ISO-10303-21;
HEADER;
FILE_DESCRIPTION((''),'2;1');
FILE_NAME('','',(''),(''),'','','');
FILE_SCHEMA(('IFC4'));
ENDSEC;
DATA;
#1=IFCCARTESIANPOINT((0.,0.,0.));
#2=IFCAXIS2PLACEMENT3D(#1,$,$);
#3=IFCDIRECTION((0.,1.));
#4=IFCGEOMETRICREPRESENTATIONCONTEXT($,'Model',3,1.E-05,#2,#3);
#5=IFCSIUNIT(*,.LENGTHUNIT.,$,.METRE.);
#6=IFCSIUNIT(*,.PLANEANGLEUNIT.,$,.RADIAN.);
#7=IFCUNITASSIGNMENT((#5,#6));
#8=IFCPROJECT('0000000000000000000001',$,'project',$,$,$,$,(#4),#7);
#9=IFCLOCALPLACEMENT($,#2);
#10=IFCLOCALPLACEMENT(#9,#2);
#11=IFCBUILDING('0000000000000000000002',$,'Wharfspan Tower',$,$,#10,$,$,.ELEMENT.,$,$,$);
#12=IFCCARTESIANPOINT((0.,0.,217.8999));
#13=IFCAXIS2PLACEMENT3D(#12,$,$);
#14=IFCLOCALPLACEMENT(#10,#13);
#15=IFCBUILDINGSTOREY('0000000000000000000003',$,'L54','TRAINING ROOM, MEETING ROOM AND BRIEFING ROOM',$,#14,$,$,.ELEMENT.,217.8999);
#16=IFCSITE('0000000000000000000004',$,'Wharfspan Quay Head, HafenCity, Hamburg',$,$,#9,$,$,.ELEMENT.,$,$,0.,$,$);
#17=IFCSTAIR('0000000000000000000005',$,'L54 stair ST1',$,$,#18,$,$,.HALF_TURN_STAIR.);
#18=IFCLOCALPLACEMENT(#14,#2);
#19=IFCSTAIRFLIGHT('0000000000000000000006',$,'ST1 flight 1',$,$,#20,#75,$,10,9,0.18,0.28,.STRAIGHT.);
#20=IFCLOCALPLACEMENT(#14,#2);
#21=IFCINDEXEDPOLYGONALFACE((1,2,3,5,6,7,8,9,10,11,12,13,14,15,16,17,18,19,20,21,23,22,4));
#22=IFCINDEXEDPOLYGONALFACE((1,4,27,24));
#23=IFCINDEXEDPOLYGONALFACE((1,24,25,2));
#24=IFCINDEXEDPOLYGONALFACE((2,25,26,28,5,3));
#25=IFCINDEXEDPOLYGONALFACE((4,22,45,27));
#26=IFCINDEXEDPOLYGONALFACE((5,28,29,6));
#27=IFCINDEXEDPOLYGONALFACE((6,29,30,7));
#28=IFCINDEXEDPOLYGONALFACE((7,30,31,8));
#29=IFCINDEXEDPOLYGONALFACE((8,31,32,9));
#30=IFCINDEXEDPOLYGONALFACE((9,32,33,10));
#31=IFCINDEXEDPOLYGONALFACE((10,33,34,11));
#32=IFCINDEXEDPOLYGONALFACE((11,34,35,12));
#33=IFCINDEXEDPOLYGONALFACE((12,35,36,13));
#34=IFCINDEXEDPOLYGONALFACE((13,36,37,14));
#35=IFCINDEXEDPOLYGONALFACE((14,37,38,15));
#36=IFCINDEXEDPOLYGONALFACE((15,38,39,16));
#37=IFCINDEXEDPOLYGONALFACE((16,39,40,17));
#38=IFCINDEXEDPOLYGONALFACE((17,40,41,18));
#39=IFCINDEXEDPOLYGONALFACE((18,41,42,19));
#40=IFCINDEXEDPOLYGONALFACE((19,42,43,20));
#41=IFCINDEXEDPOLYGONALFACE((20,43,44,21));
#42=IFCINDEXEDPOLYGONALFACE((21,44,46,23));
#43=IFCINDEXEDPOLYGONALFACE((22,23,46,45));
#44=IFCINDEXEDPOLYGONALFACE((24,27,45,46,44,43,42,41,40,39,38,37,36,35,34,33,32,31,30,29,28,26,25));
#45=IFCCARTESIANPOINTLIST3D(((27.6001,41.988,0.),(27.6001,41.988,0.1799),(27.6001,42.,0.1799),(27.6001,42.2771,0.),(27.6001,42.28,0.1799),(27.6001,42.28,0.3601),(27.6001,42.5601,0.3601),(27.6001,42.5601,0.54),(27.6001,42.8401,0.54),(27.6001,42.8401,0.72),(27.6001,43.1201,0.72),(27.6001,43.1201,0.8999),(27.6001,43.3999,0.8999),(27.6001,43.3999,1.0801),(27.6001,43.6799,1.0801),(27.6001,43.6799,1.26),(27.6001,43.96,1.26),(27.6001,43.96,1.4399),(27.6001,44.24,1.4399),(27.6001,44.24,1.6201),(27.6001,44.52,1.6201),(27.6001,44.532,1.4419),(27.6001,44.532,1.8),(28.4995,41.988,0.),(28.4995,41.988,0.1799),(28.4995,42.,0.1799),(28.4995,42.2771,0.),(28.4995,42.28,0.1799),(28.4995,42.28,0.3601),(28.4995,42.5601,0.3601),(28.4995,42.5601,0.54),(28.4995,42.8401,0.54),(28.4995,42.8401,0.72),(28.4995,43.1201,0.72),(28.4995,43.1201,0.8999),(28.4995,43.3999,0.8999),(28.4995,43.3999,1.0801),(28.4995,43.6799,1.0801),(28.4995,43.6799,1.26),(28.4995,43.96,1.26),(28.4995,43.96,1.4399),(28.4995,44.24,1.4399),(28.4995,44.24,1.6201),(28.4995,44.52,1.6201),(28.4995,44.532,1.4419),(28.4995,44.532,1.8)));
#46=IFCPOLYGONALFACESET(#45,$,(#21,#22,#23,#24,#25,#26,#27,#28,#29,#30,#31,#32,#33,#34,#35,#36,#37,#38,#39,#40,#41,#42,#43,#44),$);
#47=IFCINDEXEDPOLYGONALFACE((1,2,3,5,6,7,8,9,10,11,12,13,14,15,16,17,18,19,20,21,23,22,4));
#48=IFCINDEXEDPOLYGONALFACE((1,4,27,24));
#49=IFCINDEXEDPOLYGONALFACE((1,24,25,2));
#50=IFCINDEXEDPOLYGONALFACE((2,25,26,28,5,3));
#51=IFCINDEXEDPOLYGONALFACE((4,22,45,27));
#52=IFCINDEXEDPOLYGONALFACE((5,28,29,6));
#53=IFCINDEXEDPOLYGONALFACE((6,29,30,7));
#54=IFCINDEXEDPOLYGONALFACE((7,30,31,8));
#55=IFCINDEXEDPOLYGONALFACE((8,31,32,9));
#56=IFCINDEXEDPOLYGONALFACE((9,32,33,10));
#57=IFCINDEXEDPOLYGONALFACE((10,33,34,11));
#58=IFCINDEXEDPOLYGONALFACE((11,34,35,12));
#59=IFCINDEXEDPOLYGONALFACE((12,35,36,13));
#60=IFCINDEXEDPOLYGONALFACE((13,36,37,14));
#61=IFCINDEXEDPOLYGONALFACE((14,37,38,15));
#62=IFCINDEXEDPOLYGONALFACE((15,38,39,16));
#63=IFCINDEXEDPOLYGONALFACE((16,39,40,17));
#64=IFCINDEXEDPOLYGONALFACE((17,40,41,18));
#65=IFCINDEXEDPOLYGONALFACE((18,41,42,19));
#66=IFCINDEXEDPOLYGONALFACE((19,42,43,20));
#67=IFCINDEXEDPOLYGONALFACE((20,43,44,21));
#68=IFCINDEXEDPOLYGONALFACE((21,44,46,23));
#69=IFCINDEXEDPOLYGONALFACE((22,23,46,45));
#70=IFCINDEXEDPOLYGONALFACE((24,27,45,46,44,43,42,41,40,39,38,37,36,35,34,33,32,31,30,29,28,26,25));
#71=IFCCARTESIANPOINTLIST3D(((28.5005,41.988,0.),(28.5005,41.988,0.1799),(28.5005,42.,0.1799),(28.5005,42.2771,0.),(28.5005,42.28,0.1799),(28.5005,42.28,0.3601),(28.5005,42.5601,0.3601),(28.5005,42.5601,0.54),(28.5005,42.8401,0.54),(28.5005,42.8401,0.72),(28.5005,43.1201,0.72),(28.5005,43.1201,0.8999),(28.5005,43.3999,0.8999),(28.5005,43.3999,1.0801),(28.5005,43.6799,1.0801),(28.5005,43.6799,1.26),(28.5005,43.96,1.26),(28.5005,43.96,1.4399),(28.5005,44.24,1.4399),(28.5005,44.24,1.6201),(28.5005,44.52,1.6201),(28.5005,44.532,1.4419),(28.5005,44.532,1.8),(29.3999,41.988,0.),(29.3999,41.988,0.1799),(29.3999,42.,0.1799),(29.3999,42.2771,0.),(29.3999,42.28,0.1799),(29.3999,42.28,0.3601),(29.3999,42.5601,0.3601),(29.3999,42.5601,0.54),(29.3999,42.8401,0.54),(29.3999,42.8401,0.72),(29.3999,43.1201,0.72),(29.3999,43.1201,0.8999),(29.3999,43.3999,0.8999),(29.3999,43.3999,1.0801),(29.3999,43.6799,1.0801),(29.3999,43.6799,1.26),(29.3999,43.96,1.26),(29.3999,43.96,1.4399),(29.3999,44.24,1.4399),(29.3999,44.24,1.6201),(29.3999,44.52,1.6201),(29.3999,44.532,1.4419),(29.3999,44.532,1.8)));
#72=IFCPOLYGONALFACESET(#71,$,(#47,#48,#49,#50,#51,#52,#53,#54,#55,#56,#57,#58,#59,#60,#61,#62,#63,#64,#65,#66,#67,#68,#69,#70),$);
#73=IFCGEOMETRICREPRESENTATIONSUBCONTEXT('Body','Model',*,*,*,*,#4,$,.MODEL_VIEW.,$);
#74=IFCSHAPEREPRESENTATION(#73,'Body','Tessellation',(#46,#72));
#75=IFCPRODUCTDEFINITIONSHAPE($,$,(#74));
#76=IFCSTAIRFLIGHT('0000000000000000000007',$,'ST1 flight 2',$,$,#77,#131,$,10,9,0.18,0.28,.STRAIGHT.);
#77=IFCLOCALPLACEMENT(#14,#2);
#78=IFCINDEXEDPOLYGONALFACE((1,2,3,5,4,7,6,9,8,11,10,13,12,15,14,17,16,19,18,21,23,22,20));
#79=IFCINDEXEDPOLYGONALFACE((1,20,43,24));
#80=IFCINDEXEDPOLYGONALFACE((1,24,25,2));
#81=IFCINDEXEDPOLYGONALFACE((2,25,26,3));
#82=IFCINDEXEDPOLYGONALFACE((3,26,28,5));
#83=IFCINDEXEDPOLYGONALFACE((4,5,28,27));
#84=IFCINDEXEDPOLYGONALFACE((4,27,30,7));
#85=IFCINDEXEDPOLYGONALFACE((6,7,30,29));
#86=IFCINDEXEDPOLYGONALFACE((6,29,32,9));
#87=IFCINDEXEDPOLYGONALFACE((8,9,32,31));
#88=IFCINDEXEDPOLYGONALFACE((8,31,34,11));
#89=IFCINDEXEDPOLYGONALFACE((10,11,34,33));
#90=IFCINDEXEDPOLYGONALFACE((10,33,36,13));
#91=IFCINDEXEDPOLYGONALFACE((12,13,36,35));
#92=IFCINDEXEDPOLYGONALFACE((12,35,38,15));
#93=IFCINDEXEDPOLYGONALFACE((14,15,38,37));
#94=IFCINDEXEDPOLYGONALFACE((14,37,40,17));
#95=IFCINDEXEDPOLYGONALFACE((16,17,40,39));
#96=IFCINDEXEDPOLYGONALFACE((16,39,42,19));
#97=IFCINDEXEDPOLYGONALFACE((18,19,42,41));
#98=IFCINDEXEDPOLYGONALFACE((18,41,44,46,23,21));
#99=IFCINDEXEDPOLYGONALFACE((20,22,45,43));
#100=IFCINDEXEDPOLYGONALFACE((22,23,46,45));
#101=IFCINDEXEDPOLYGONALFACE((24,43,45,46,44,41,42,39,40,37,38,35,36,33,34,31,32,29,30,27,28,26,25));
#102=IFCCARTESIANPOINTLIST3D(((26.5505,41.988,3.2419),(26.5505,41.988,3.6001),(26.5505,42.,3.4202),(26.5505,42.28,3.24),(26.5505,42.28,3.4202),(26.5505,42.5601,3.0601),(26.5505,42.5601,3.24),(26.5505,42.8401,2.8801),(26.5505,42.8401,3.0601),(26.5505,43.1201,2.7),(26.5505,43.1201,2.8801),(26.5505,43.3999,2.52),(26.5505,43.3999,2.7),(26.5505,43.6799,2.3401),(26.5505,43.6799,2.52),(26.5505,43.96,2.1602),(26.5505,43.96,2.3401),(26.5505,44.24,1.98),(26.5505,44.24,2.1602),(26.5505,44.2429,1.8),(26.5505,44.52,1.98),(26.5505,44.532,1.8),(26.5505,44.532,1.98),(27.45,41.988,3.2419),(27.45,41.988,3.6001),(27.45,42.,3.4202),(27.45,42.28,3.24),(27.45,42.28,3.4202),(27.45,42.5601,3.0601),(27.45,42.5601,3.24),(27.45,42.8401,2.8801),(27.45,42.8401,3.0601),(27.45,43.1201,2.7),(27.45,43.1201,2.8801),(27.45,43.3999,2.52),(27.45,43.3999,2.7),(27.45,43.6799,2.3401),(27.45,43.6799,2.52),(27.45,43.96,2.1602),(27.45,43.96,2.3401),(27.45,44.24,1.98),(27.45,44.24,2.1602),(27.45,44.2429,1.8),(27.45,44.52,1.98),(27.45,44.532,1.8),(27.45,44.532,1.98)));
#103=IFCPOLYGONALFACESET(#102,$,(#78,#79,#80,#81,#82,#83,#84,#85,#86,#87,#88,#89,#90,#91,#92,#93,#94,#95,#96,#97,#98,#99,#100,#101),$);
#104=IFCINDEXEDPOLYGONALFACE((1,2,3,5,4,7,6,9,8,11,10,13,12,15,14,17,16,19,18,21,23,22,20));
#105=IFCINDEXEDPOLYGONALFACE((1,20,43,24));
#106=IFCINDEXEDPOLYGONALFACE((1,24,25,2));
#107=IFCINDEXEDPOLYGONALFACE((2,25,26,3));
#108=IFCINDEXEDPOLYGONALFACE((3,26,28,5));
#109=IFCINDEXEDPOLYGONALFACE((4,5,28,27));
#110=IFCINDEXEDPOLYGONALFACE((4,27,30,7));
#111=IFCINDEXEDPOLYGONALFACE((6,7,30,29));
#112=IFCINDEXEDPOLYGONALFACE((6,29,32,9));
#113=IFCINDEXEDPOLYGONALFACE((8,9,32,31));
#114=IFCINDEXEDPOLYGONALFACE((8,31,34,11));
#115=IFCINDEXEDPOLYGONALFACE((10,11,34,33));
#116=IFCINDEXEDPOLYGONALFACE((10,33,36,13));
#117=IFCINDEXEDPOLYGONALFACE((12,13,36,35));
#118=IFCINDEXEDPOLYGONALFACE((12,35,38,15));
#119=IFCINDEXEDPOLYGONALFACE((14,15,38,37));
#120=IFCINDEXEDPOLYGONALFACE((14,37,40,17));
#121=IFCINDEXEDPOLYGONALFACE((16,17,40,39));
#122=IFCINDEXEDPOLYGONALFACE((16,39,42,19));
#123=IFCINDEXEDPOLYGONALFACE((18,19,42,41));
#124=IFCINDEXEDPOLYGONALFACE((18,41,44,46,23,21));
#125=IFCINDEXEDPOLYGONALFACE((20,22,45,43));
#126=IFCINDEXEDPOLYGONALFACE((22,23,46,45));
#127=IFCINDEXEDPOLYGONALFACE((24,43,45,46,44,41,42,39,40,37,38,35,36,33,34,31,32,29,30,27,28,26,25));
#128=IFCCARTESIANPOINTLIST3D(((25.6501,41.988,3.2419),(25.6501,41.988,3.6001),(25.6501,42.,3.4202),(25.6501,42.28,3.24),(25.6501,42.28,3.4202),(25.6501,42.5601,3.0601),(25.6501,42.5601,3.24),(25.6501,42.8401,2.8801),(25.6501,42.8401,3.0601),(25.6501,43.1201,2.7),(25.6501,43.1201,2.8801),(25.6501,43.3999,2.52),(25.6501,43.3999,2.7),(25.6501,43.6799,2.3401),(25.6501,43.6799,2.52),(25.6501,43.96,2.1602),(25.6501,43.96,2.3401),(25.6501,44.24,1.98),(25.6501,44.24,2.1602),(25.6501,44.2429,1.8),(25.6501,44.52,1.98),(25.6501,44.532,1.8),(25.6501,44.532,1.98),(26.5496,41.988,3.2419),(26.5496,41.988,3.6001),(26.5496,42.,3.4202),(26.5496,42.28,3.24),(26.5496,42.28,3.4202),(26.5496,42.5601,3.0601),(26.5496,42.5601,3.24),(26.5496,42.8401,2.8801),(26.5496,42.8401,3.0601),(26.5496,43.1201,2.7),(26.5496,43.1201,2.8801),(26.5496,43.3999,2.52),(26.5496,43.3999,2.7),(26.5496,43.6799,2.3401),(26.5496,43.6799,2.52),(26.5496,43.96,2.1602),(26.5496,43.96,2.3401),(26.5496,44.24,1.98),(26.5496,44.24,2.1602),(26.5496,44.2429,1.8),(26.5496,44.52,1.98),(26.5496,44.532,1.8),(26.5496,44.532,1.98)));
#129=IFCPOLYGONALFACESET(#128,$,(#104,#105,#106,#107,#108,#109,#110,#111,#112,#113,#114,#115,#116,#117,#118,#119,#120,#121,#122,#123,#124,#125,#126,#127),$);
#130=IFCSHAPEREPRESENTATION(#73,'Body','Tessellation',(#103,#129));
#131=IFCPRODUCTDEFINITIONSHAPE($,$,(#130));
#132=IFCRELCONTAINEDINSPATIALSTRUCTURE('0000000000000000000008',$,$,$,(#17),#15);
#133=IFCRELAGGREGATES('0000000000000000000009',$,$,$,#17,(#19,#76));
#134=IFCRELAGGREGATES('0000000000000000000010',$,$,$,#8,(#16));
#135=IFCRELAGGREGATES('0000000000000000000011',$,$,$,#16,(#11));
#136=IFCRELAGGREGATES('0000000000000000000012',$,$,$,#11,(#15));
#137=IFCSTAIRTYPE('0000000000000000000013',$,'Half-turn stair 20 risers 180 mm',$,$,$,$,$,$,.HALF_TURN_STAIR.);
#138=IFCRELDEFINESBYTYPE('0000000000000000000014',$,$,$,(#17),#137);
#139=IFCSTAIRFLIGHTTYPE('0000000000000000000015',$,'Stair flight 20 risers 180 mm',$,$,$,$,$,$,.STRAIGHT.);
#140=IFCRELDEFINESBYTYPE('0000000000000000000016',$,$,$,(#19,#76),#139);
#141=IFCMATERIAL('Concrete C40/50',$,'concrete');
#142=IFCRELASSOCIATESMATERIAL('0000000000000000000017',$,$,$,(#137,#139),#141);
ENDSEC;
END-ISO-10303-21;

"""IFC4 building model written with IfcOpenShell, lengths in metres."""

from ifc_helpers import new_model, si_unit, direction, frame, origin, place, context, subcontext, project, spatial, polyline, outline, extrude, material, type_object, element, aggregate, save


model = new_model("IFC4")

# Units and contexts
model_context = context("Model", 3, precision=1e-05, world=origin(), true_north=direction((0.0, 1.0)))
body_context = subcontext(model_context, "Body", "Model", "MODEL_VIEW")
ifc_project = project(units=[si_unit("LENGTHUNIT", "METRE"), si_unit("PLANEANGLEUNIT", "RADIAN")], contexts=[model_context])

# Site, building, storey
site_placement = place(None, origin())
site = spatial("IfcSite", under=ifc_project, at=site_placement, Name="Wharfspan Quay Head, HafenCity, Hamburg", CompositionType="ELEMENT", RefElevation=0.0)
building_placement = place(site_placement, origin())
building = spatial("IfcBuilding", under=site, at=building_placement, Name="Wharfspan Tower", CompositionType="ELEMENT")
storey_placement = place(building_placement, frame((0.0, 0.0, 217.8999)))
storey = spatial("IfcBuildingStorey", under=building, at=storey_placement, Name="L54", Description="TRAINING ROOM, MEETING ROOM AND BRIEFING ROOM", CompositionType="ELEMENT", Elevation=217.8999)

# Shared definitions
ifc_material_1 = material(Name="Concrete C40/50", Category="concrete")

# Stair, stair flights
stair_type = type_object("IfcStairType", Name="Half-turn stair 20 risers 180 mm", PredefinedType="HALF_TURN_STAIR", material=ifc_material_1)
stair_placement = place(storey_placement, origin())
stair = element("IfcStair", 1, at=stair_placement, inside=storey, type_object=stair_type, Name="L54 stair ST1", PredefinedType="HALF_TURN_STAIR")
stair_flight_type = type_object("IfcStairFlightType", Name="Stair flight 20 risers 180 mm", PredefinedType="STRAIGHT", material=ifc_material_1)
stair_flight_1_placement = place(storey_placement, frame((28.5, 42.0, 0.0), z_axis=(0.0, 0.0, 1.0), x_axis=(0.0, 1.0, 0.0)))
stair_flight_1 = element("IfcStairFlight", 2, at=stair_flight_1_placement, type_object=stair_flight_type, Name="ST1 flight 1", NumberOfRisers=10, NumberOfTreads=9, PredefinedType="STRAIGHT", RiserHeight=0.18, TreadLength=0.28, context=body_context, shape_type="SweptSolid", body=[
    extrude(outline(polyline([(-0.012, 0.0), (-0.012, 0.1799), (0.0, 0.1799), (0.28, 0.1799), (0.28, 0.3601), (0.5601, 0.3601), (0.5601, 0.54), (0.8401, 0.54), (0.8401, 0.72), (1.1201, 0.72), (1.1201, 0.8999), (1.3999, 0.8999), (1.3999, 1.0801), (1.6799, 1.0801), (1.6799, 1.26), (1.96, 1.26), (1.96, 1.4399), (2.24, 1.4399), (2.24, 1.6201), (2.52, 1.6201), (2.532, 1.8), (2.532, 1.4419), (0.2771, 0.0), (-0.012, 0.0)])), frame((0.0, 0.8999, 0.0), z_axis=(0.0, -1.0, 0.0), x_axis=(1.0, 0.0, 0.0)), (0.0, 0.0, 1.0), 0.8994),
    extrude(outline(polyline([(-0.012, 0.0), (-0.012, 0.1799), (0.0, 0.1799), (0.28, 0.1799), (0.28, 0.3601), (0.5601, 0.3601), (0.5601, 0.54), (0.8401, 0.54), (0.8401, 0.72), (1.1201, 0.72), (1.1201, 0.8999), (1.3999, 0.8999), (1.3999, 1.0801), (1.6799, 1.0801), (1.6799, 1.26), (1.96, 1.26), (1.96, 1.4399), (2.24, 1.4399), (2.24, 1.6201), (2.52, 1.6201), (2.532, 1.8), (2.532, 1.4419), (0.2771, 0.0), (-0.012, 0.0)])), frame((0.0, -0.0005, 0.0), z_axis=(0.0, -1.0, 0.0), x_axis=(1.0, 0.0, 0.0)), (0.0, 0.0, 1.0), 0.8994),
])
stair_flight_2_placement = place(storey_placement, frame((26.55, 44.52, 1.8), z_axis=(0.0, 0.0, 1.0), x_axis=(0.0, -1.0, 0.0)))
stair_flight_2 = element("IfcStairFlight", 3, at=stair_flight_2_placement, type_object=stair_flight_type, Name="ST1 flight 2", NumberOfRisers=10, NumberOfTreads=9, PredefinedType="STRAIGHT", RiserHeight=0.18, TreadLength=0.28, context=body_context, shape_type="SweptSolid", body=[
    extrude(outline(polyline([(-0.012, 0.0), (-0.012, 0.1799), (0.0, 0.1799), (0.28, 0.1799), (0.28, 0.3601), (0.5601, 0.3601), (0.5601, 0.54), (0.8401, 0.54), (0.8401, 0.72), (1.1201, 0.72), (1.1201, 0.8999), (1.3999, 0.8999), (1.3999, 1.0801), (1.6799, 1.0801), (1.6799, 1.26), (1.96, 1.26), (1.96, 1.4399), (2.24, 1.4399), (2.24, 1.6201), (2.52, 1.6201), (2.532, 1.8), (2.532, 1.4419), (0.2771, 0.0), (-0.012, 0.0)])), frame((0.0, 0.8999, 0.0), z_axis=(0.0, -1.0, 0.0), x_axis=(1.0, 0.0, 0.0)), (0.0, 0.0, 1.0), 0.8994),
    extrude(outline(polyline([(-0.012, 0.0), (-0.012, 0.1799), (0.0, 0.1799), (0.28, 0.1799), (0.28, 0.3601), (0.5601, 0.3601), (0.5601, 0.54), (0.8401, 0.54), (0.8401, 0.72), (1.1201, 0.72), (1.1201, 0.8999), (1.3999, 0.8999), (1.3999, 1.0801), (1.6799, 1.0801), (1.6799, 1.26), (1.96, 1.26), (1.96, 1.4399), (2.24, 1.4399), (2.24, 1.6201), (2.52, 1.6201), (2.532, 1.8), (2.532, 1.4419), (0.2771, 0.0), (-0.012, 0.0)])), frame((0.0, -0.0005, 0.0), z_axis=(0.0, -1.0, 0.0), x_axis=(1.0, 0.0, 0.0)), (0.0, 0.0, 1.0), 0.8994),
])
aggregate(stair, [stair_flight_1, stair_flight_2])

save(model, "model.ifc")
